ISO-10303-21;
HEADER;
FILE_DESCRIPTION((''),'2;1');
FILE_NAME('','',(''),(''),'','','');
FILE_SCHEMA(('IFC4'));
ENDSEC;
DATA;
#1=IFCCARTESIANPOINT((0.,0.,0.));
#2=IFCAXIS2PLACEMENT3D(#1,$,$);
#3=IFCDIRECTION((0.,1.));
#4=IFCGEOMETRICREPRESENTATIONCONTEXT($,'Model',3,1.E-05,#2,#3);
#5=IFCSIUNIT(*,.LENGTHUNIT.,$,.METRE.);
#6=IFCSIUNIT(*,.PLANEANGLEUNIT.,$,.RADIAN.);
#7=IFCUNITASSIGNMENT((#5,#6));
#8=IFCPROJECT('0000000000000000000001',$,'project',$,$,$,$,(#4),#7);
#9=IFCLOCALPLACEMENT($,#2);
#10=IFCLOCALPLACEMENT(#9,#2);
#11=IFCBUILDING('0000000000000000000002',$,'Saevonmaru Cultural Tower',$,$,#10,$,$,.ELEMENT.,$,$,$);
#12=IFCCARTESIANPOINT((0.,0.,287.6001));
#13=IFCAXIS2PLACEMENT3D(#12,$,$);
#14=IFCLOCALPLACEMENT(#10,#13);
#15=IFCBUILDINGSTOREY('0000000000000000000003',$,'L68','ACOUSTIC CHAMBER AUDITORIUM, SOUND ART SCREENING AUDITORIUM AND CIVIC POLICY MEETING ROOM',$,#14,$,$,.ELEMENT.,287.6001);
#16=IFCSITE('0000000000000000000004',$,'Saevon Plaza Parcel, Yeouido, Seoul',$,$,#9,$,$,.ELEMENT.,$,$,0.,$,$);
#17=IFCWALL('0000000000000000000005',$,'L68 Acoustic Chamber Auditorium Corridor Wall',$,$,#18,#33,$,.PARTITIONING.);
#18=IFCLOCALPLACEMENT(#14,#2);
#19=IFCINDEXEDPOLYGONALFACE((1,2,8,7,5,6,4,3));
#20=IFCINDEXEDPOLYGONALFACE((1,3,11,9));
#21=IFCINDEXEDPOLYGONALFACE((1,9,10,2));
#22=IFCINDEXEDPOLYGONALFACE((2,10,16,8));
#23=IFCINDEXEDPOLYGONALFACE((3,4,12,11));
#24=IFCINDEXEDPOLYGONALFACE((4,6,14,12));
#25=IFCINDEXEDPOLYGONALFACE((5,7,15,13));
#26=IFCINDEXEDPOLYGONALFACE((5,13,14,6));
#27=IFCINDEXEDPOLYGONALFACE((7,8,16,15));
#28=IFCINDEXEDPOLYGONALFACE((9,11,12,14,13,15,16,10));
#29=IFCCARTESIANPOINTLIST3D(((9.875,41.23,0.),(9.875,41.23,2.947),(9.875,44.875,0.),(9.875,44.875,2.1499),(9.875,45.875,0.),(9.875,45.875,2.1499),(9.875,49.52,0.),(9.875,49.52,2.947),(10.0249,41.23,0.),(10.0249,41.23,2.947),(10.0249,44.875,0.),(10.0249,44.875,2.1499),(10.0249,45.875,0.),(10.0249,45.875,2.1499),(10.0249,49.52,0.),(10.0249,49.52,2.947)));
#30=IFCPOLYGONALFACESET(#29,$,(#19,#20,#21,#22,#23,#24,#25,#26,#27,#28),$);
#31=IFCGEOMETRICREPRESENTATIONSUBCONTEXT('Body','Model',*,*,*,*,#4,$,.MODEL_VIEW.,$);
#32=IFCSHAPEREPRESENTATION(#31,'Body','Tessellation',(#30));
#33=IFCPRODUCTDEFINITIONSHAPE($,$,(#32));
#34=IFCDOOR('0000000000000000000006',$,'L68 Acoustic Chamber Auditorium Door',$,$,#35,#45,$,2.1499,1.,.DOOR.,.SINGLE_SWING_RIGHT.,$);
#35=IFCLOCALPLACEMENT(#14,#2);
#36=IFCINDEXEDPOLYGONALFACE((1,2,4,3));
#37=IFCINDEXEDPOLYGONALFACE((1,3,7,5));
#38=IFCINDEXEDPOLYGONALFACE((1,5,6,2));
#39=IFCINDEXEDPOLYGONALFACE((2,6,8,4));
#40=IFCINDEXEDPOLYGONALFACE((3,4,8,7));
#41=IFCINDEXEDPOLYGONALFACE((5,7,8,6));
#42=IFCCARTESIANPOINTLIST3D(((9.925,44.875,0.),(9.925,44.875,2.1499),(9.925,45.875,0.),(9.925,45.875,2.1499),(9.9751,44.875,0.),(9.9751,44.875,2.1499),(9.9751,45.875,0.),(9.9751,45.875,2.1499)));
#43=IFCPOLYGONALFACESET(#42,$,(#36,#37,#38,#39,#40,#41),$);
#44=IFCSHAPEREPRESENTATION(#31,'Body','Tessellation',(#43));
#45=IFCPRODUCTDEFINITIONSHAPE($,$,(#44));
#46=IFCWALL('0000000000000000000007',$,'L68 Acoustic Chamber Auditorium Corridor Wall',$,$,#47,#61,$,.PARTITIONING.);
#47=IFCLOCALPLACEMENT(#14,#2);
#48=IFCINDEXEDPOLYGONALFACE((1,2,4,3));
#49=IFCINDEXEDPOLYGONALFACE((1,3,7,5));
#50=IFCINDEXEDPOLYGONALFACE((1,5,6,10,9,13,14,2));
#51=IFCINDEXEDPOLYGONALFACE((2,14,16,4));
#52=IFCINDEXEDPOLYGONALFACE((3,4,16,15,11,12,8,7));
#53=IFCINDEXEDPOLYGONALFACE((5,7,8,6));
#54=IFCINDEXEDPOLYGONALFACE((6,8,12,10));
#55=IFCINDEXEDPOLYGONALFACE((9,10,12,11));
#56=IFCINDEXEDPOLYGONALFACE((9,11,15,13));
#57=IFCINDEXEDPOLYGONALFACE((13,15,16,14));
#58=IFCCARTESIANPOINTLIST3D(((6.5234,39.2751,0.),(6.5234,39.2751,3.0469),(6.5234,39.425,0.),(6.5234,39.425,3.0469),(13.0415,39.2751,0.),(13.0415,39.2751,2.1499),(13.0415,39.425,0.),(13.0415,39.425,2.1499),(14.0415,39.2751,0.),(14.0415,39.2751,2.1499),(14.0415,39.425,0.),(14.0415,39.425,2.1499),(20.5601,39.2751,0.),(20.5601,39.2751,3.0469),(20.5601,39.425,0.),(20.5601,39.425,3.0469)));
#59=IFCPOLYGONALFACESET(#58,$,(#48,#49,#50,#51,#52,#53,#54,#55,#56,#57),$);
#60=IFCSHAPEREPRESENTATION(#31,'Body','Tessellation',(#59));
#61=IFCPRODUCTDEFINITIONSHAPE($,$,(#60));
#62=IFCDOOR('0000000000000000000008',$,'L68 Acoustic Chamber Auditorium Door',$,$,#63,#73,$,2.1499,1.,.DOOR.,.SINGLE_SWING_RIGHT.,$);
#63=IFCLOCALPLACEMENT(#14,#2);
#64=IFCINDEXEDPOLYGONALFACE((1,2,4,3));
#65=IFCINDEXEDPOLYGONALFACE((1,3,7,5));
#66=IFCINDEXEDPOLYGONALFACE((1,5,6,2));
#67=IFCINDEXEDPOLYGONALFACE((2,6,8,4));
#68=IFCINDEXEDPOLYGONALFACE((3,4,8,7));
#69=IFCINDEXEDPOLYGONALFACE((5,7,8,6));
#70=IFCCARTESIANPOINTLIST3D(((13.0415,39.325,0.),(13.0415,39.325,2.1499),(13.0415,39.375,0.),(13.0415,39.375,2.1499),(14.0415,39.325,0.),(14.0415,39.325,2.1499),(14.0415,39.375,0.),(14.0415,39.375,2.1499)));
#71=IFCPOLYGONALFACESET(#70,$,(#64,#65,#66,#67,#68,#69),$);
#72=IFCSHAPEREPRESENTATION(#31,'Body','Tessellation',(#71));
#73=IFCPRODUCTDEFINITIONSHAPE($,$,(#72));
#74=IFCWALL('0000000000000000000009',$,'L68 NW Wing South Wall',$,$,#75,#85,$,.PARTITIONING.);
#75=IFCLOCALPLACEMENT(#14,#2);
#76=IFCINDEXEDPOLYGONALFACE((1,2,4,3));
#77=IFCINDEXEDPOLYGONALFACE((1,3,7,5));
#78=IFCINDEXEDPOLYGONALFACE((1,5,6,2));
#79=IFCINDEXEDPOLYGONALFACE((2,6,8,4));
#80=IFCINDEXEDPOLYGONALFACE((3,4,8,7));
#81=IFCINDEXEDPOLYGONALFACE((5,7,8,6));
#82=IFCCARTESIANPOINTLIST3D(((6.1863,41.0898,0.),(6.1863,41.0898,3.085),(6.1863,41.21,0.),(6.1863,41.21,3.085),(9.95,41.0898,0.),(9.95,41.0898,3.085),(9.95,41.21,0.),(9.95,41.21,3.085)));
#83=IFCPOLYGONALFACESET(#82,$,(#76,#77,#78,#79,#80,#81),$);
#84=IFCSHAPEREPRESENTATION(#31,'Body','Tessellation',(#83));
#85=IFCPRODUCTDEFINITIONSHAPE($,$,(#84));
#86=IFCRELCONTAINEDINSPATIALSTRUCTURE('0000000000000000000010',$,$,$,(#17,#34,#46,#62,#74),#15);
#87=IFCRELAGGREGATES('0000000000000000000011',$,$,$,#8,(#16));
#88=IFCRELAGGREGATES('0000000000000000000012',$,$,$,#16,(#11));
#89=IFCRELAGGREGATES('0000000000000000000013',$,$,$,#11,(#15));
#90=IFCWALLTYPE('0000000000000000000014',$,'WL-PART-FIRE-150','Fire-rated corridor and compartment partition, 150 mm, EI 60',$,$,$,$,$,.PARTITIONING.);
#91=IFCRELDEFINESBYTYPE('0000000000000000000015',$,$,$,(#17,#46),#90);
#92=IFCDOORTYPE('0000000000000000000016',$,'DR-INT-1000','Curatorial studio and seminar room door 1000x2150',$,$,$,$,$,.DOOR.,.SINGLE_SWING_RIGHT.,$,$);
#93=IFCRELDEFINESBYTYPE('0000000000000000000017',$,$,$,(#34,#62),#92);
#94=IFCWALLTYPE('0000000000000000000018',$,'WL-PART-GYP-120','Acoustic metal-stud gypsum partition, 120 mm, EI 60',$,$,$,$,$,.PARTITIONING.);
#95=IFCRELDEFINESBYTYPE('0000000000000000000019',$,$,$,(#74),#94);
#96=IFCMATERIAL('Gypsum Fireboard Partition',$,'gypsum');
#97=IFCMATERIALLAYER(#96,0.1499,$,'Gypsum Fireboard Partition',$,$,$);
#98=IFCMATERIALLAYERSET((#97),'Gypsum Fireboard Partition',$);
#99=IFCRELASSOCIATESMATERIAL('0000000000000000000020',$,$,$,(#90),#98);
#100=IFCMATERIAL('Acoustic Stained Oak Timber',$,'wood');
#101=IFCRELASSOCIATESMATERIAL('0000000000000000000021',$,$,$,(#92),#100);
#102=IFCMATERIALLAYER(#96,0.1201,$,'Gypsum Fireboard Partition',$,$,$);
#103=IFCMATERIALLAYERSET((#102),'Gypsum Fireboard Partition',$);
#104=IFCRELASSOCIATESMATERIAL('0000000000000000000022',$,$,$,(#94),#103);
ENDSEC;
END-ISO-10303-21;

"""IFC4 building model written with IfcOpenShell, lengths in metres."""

from ifc_helpers import new_model, si_unit, direction, frame, frame_2d, origin, place, context, subcontext, project, spatial, rectangle, extrude, material, layer, layer_set, type_object, element, fill, save


model = new_model("IFC4")

# Units and contexts
model_context = context("Model", 3, precision=1e-05, world=origin(), true_north=direction((0.0, 1.0)))
body_context = subcontext(model_context, "Body", "Model", "MODEL_VIEW")
ifc_project = project(units=[si_unit("LENGTHUNIT", "METRE"), si_unit("PLANEANGLEUNIT", "RADIAN")], contexts=[model_context])

# Site, building, storey
site_placement = place(None, origin())
site = spatial("IfcSite", under=ifc_project, at=site_placement, Name="Saevon Plaza Parcel, Yeouido, Seoul", CompositionType="ELEMENT", RefElevation=0.0)
building_placement = place(site_placement, origin())
building = spatial("IfcBuilding", under=site, at=building_placement, Name="Saevonmaru Cultural Tower", CompositionType="ELEMENT")
storey_placement = place(building_placement, frame((0.0, 0.0, 287.6001)))
storey = spatial("IfcBuildingStorey", under=building, at=storey_placement, Name="L68", Description="ACOUSTIC CHAMBER AUDITORIUM, SOUND ART SCREENING AUDITORIUM AND CIVIC POLICY MEETING ROOM", CompositionType="ELEMENT", Elevation=287.6001)

# Walls, openings, doors
ifc_material_1 = material(Name="Gypsum Fireboard Partition", Category="gypsum")
ifc_layer_1 = layer(ifc_material_1, 0.1499, Name="Gypsum Fireboard Partition")
ifc_layer_set_1 = layer_set([ifc_layer_1], Name="Gypsum Fireboard Partition")
wall_type_1 = type_object("IfcWallType", Name="WL-PART-FIRE-150", Description="Fire-rated corridor and compartment partition, 150 mm, EI 60", PredefinedType="PARTITIONING", material=ifc_layer_set_1)
wall_1_placement = place(storey_placement, frame((9.95, 41.23, 0.0), z_axis=(0.0, 0.0, 1.0), x_axis=(0.0, 1.0, 0.0)))
wall_1 = element("IfcWall", 1, at=wall_1_placement, inside=storey, type_object=wall_type_1, Name="L68 Acoustic Chamber Auditorium Corridor Wall", PredefinedType="PARTITIONING", context=body_context, shape_type="SweptSolid", body=[
    extrude(rectangle(XDim=8.29, YDim=0.1499, at=frame_2d((4.145, 0.0))), origin(), (0.0, 0.0, 1.0), 2.947),
])
opening_1_placement = place(wall_1_placement, frame((3.645, 0.0, 0.0)))
opening_1 = element("IfcOpeningElement", 2, at=opening_1_placement, cuts=wall_1, PredefinedType="OPENING", context=body_context, shape_type="SweptSolid", body=[
    extrude(rectangle(XDim=1.0, YDim=2.1499, at=frame_2d((0.5, 1.075))), frame((0.0, 0.085, 0.0), z_axis=(0.0, -1.0, 0.0), x_axis=(1.0, 0.0, 0.0)), (0.0, 0.0, 1.0), 0.1699),
])
ifc_material_2 = material(Name="Acoustic Stained Oak Timber", Category="wood")
door_type = type_object("IfcDoorType", Name="DR-INT-1000", Description="Curatorial studio and seminar room door 1000x2150", OperationType="SINGLE_SWING_RIGHT", PredefinedType="DOOR", material=ifc_material_2)
door_1_placement = place(opening_1_placement, origin())
door_1 = element("IfcDoor", 3, at=door_1_placement, inside=storey, type_object=door_type, Name="L68 Acoustic Chamber Auditorium Door", OperationType="SINGLE_SWING_RIGHT", OverallHeight=2.1499, OverallWidth=1.0, PredefinedType="DOOR", context=body_context, shape_type="SweptSolid", body=[
    extrude(rectangle(XDim=1.0, YDim=2.1499, at=frame_2d((0.5, 1.075))), frame((0.0, 0.0249, 0.0), z_axis=(0.0, -1.0, 0.0), x_axis=(1.0, 0.0, 0.0)), (0.0, 0.0, 1.0), 0.05),
])
fill(opening_1, door_1)
wall_2_placement = place(storey_placement, frame((6.5234, 39.3501, 0.0), z_axis=(0.0, 0.0, 1.0), x_axis=(1.0, 0.0, 0.0)))
wall_2 = element("IfcWall", 4, at=wall_2_placement, inside=storey, type_object=wall_type_1, Name="L68 Acoustic Chamber Auditorium Corridor Wall", PredefinedType="PARTITIONING", context=body_context, shape_type="SweptSolid", body=[
    extrude(rectangle(XDim=14.0366, YDim=0.1499, at=frame_2d((7.0183, 0.0))), origin(), (0.0, 0.0, 1.0), 3.0469),
])
opening_2_placement = place(wall_2_placement, frame((6.5181, 0.0, 0.0)))
opening_2 = element("IfcOpeningElement", 5, at=opening_2_placement, cuts=wall_2, PredefinedType="OPENING", context=body_context, shape_type="SweptSolid", body=[
    extrude(rectangle(XDim=1.0, YDim=2.1499, at=frame_2d((0.5, 1.075))), frame((0.0, 0.085, 0.0), z_axis=(0.0, -1.0, 0.0), x_axis=(1.0, 0.0, 0.0)), (0.0, 0.0, 1.0), 0.1699),
])
door_2_placement = place(opening_2_placement, origin())
door_2 = element("IfcDoor", 6, at=door_2_placement, inside=storey, type_object=door_type, Name="L68 Acoustic Chamber Auditorium Door", OperationType="SINGLE_SWING_RIGHT", OverallHeight=2.1499, OverallWidth=1.0, PredefinedType="DOOR", context=body_context, shape_type="SweptSolid", body=[
    extrude(rectangle(XDim=1.0, YDim=2.1499, at=frame_2d((0.5, 1.075))), frame((0.0, 0.0249, 0.0), z_axis=(0.0, -1.0, 0.0), x_axis=(1.0, 0.0, 0.0)), (0.0, 0.0, 1.0), 0.05),
])
fill(opening_2, door_2)

# Wall
ifc_layer_2 = layer(ifc_material_1, 0.1201, Name="Gypsum Fireboard Partition")
ifc_layer_set_2 = layer_set([ifc_layer_2], Name="Gypsum Fireboard Partition")
wall_type_2 = type_object("IfcWallType", Name="WL-PART-GYP-120", Description="Acoustic metal-stud gypsum partition, 120 mm, EI 60", PredefinedType="PARTITIONING", material=ifc_layer_set_2)
wall_3_placement = place(storey_placement, frame((6.1863, 41.1499, 0.0), z_axis=(0.0, 0.0, 1.0), x_axis=(1.0, 0.0, 0.0)))
element("IfcWall", 7, at=wall_3_placement, inside=storey, type_object=wall_type_2, Name="L68 NW Wing South Wall", PredefinedType="PARTITIONING", context=body_context, shape_type="SweptSolid", body=[
    extrude(rectangle(XDim=3.7637, YDim=0.1201, at=frame_2d((1.8818, 0.0))), origin(), (0.0, 0.0, 1.0), 3.085),
])

save(model, "model.ifc")
